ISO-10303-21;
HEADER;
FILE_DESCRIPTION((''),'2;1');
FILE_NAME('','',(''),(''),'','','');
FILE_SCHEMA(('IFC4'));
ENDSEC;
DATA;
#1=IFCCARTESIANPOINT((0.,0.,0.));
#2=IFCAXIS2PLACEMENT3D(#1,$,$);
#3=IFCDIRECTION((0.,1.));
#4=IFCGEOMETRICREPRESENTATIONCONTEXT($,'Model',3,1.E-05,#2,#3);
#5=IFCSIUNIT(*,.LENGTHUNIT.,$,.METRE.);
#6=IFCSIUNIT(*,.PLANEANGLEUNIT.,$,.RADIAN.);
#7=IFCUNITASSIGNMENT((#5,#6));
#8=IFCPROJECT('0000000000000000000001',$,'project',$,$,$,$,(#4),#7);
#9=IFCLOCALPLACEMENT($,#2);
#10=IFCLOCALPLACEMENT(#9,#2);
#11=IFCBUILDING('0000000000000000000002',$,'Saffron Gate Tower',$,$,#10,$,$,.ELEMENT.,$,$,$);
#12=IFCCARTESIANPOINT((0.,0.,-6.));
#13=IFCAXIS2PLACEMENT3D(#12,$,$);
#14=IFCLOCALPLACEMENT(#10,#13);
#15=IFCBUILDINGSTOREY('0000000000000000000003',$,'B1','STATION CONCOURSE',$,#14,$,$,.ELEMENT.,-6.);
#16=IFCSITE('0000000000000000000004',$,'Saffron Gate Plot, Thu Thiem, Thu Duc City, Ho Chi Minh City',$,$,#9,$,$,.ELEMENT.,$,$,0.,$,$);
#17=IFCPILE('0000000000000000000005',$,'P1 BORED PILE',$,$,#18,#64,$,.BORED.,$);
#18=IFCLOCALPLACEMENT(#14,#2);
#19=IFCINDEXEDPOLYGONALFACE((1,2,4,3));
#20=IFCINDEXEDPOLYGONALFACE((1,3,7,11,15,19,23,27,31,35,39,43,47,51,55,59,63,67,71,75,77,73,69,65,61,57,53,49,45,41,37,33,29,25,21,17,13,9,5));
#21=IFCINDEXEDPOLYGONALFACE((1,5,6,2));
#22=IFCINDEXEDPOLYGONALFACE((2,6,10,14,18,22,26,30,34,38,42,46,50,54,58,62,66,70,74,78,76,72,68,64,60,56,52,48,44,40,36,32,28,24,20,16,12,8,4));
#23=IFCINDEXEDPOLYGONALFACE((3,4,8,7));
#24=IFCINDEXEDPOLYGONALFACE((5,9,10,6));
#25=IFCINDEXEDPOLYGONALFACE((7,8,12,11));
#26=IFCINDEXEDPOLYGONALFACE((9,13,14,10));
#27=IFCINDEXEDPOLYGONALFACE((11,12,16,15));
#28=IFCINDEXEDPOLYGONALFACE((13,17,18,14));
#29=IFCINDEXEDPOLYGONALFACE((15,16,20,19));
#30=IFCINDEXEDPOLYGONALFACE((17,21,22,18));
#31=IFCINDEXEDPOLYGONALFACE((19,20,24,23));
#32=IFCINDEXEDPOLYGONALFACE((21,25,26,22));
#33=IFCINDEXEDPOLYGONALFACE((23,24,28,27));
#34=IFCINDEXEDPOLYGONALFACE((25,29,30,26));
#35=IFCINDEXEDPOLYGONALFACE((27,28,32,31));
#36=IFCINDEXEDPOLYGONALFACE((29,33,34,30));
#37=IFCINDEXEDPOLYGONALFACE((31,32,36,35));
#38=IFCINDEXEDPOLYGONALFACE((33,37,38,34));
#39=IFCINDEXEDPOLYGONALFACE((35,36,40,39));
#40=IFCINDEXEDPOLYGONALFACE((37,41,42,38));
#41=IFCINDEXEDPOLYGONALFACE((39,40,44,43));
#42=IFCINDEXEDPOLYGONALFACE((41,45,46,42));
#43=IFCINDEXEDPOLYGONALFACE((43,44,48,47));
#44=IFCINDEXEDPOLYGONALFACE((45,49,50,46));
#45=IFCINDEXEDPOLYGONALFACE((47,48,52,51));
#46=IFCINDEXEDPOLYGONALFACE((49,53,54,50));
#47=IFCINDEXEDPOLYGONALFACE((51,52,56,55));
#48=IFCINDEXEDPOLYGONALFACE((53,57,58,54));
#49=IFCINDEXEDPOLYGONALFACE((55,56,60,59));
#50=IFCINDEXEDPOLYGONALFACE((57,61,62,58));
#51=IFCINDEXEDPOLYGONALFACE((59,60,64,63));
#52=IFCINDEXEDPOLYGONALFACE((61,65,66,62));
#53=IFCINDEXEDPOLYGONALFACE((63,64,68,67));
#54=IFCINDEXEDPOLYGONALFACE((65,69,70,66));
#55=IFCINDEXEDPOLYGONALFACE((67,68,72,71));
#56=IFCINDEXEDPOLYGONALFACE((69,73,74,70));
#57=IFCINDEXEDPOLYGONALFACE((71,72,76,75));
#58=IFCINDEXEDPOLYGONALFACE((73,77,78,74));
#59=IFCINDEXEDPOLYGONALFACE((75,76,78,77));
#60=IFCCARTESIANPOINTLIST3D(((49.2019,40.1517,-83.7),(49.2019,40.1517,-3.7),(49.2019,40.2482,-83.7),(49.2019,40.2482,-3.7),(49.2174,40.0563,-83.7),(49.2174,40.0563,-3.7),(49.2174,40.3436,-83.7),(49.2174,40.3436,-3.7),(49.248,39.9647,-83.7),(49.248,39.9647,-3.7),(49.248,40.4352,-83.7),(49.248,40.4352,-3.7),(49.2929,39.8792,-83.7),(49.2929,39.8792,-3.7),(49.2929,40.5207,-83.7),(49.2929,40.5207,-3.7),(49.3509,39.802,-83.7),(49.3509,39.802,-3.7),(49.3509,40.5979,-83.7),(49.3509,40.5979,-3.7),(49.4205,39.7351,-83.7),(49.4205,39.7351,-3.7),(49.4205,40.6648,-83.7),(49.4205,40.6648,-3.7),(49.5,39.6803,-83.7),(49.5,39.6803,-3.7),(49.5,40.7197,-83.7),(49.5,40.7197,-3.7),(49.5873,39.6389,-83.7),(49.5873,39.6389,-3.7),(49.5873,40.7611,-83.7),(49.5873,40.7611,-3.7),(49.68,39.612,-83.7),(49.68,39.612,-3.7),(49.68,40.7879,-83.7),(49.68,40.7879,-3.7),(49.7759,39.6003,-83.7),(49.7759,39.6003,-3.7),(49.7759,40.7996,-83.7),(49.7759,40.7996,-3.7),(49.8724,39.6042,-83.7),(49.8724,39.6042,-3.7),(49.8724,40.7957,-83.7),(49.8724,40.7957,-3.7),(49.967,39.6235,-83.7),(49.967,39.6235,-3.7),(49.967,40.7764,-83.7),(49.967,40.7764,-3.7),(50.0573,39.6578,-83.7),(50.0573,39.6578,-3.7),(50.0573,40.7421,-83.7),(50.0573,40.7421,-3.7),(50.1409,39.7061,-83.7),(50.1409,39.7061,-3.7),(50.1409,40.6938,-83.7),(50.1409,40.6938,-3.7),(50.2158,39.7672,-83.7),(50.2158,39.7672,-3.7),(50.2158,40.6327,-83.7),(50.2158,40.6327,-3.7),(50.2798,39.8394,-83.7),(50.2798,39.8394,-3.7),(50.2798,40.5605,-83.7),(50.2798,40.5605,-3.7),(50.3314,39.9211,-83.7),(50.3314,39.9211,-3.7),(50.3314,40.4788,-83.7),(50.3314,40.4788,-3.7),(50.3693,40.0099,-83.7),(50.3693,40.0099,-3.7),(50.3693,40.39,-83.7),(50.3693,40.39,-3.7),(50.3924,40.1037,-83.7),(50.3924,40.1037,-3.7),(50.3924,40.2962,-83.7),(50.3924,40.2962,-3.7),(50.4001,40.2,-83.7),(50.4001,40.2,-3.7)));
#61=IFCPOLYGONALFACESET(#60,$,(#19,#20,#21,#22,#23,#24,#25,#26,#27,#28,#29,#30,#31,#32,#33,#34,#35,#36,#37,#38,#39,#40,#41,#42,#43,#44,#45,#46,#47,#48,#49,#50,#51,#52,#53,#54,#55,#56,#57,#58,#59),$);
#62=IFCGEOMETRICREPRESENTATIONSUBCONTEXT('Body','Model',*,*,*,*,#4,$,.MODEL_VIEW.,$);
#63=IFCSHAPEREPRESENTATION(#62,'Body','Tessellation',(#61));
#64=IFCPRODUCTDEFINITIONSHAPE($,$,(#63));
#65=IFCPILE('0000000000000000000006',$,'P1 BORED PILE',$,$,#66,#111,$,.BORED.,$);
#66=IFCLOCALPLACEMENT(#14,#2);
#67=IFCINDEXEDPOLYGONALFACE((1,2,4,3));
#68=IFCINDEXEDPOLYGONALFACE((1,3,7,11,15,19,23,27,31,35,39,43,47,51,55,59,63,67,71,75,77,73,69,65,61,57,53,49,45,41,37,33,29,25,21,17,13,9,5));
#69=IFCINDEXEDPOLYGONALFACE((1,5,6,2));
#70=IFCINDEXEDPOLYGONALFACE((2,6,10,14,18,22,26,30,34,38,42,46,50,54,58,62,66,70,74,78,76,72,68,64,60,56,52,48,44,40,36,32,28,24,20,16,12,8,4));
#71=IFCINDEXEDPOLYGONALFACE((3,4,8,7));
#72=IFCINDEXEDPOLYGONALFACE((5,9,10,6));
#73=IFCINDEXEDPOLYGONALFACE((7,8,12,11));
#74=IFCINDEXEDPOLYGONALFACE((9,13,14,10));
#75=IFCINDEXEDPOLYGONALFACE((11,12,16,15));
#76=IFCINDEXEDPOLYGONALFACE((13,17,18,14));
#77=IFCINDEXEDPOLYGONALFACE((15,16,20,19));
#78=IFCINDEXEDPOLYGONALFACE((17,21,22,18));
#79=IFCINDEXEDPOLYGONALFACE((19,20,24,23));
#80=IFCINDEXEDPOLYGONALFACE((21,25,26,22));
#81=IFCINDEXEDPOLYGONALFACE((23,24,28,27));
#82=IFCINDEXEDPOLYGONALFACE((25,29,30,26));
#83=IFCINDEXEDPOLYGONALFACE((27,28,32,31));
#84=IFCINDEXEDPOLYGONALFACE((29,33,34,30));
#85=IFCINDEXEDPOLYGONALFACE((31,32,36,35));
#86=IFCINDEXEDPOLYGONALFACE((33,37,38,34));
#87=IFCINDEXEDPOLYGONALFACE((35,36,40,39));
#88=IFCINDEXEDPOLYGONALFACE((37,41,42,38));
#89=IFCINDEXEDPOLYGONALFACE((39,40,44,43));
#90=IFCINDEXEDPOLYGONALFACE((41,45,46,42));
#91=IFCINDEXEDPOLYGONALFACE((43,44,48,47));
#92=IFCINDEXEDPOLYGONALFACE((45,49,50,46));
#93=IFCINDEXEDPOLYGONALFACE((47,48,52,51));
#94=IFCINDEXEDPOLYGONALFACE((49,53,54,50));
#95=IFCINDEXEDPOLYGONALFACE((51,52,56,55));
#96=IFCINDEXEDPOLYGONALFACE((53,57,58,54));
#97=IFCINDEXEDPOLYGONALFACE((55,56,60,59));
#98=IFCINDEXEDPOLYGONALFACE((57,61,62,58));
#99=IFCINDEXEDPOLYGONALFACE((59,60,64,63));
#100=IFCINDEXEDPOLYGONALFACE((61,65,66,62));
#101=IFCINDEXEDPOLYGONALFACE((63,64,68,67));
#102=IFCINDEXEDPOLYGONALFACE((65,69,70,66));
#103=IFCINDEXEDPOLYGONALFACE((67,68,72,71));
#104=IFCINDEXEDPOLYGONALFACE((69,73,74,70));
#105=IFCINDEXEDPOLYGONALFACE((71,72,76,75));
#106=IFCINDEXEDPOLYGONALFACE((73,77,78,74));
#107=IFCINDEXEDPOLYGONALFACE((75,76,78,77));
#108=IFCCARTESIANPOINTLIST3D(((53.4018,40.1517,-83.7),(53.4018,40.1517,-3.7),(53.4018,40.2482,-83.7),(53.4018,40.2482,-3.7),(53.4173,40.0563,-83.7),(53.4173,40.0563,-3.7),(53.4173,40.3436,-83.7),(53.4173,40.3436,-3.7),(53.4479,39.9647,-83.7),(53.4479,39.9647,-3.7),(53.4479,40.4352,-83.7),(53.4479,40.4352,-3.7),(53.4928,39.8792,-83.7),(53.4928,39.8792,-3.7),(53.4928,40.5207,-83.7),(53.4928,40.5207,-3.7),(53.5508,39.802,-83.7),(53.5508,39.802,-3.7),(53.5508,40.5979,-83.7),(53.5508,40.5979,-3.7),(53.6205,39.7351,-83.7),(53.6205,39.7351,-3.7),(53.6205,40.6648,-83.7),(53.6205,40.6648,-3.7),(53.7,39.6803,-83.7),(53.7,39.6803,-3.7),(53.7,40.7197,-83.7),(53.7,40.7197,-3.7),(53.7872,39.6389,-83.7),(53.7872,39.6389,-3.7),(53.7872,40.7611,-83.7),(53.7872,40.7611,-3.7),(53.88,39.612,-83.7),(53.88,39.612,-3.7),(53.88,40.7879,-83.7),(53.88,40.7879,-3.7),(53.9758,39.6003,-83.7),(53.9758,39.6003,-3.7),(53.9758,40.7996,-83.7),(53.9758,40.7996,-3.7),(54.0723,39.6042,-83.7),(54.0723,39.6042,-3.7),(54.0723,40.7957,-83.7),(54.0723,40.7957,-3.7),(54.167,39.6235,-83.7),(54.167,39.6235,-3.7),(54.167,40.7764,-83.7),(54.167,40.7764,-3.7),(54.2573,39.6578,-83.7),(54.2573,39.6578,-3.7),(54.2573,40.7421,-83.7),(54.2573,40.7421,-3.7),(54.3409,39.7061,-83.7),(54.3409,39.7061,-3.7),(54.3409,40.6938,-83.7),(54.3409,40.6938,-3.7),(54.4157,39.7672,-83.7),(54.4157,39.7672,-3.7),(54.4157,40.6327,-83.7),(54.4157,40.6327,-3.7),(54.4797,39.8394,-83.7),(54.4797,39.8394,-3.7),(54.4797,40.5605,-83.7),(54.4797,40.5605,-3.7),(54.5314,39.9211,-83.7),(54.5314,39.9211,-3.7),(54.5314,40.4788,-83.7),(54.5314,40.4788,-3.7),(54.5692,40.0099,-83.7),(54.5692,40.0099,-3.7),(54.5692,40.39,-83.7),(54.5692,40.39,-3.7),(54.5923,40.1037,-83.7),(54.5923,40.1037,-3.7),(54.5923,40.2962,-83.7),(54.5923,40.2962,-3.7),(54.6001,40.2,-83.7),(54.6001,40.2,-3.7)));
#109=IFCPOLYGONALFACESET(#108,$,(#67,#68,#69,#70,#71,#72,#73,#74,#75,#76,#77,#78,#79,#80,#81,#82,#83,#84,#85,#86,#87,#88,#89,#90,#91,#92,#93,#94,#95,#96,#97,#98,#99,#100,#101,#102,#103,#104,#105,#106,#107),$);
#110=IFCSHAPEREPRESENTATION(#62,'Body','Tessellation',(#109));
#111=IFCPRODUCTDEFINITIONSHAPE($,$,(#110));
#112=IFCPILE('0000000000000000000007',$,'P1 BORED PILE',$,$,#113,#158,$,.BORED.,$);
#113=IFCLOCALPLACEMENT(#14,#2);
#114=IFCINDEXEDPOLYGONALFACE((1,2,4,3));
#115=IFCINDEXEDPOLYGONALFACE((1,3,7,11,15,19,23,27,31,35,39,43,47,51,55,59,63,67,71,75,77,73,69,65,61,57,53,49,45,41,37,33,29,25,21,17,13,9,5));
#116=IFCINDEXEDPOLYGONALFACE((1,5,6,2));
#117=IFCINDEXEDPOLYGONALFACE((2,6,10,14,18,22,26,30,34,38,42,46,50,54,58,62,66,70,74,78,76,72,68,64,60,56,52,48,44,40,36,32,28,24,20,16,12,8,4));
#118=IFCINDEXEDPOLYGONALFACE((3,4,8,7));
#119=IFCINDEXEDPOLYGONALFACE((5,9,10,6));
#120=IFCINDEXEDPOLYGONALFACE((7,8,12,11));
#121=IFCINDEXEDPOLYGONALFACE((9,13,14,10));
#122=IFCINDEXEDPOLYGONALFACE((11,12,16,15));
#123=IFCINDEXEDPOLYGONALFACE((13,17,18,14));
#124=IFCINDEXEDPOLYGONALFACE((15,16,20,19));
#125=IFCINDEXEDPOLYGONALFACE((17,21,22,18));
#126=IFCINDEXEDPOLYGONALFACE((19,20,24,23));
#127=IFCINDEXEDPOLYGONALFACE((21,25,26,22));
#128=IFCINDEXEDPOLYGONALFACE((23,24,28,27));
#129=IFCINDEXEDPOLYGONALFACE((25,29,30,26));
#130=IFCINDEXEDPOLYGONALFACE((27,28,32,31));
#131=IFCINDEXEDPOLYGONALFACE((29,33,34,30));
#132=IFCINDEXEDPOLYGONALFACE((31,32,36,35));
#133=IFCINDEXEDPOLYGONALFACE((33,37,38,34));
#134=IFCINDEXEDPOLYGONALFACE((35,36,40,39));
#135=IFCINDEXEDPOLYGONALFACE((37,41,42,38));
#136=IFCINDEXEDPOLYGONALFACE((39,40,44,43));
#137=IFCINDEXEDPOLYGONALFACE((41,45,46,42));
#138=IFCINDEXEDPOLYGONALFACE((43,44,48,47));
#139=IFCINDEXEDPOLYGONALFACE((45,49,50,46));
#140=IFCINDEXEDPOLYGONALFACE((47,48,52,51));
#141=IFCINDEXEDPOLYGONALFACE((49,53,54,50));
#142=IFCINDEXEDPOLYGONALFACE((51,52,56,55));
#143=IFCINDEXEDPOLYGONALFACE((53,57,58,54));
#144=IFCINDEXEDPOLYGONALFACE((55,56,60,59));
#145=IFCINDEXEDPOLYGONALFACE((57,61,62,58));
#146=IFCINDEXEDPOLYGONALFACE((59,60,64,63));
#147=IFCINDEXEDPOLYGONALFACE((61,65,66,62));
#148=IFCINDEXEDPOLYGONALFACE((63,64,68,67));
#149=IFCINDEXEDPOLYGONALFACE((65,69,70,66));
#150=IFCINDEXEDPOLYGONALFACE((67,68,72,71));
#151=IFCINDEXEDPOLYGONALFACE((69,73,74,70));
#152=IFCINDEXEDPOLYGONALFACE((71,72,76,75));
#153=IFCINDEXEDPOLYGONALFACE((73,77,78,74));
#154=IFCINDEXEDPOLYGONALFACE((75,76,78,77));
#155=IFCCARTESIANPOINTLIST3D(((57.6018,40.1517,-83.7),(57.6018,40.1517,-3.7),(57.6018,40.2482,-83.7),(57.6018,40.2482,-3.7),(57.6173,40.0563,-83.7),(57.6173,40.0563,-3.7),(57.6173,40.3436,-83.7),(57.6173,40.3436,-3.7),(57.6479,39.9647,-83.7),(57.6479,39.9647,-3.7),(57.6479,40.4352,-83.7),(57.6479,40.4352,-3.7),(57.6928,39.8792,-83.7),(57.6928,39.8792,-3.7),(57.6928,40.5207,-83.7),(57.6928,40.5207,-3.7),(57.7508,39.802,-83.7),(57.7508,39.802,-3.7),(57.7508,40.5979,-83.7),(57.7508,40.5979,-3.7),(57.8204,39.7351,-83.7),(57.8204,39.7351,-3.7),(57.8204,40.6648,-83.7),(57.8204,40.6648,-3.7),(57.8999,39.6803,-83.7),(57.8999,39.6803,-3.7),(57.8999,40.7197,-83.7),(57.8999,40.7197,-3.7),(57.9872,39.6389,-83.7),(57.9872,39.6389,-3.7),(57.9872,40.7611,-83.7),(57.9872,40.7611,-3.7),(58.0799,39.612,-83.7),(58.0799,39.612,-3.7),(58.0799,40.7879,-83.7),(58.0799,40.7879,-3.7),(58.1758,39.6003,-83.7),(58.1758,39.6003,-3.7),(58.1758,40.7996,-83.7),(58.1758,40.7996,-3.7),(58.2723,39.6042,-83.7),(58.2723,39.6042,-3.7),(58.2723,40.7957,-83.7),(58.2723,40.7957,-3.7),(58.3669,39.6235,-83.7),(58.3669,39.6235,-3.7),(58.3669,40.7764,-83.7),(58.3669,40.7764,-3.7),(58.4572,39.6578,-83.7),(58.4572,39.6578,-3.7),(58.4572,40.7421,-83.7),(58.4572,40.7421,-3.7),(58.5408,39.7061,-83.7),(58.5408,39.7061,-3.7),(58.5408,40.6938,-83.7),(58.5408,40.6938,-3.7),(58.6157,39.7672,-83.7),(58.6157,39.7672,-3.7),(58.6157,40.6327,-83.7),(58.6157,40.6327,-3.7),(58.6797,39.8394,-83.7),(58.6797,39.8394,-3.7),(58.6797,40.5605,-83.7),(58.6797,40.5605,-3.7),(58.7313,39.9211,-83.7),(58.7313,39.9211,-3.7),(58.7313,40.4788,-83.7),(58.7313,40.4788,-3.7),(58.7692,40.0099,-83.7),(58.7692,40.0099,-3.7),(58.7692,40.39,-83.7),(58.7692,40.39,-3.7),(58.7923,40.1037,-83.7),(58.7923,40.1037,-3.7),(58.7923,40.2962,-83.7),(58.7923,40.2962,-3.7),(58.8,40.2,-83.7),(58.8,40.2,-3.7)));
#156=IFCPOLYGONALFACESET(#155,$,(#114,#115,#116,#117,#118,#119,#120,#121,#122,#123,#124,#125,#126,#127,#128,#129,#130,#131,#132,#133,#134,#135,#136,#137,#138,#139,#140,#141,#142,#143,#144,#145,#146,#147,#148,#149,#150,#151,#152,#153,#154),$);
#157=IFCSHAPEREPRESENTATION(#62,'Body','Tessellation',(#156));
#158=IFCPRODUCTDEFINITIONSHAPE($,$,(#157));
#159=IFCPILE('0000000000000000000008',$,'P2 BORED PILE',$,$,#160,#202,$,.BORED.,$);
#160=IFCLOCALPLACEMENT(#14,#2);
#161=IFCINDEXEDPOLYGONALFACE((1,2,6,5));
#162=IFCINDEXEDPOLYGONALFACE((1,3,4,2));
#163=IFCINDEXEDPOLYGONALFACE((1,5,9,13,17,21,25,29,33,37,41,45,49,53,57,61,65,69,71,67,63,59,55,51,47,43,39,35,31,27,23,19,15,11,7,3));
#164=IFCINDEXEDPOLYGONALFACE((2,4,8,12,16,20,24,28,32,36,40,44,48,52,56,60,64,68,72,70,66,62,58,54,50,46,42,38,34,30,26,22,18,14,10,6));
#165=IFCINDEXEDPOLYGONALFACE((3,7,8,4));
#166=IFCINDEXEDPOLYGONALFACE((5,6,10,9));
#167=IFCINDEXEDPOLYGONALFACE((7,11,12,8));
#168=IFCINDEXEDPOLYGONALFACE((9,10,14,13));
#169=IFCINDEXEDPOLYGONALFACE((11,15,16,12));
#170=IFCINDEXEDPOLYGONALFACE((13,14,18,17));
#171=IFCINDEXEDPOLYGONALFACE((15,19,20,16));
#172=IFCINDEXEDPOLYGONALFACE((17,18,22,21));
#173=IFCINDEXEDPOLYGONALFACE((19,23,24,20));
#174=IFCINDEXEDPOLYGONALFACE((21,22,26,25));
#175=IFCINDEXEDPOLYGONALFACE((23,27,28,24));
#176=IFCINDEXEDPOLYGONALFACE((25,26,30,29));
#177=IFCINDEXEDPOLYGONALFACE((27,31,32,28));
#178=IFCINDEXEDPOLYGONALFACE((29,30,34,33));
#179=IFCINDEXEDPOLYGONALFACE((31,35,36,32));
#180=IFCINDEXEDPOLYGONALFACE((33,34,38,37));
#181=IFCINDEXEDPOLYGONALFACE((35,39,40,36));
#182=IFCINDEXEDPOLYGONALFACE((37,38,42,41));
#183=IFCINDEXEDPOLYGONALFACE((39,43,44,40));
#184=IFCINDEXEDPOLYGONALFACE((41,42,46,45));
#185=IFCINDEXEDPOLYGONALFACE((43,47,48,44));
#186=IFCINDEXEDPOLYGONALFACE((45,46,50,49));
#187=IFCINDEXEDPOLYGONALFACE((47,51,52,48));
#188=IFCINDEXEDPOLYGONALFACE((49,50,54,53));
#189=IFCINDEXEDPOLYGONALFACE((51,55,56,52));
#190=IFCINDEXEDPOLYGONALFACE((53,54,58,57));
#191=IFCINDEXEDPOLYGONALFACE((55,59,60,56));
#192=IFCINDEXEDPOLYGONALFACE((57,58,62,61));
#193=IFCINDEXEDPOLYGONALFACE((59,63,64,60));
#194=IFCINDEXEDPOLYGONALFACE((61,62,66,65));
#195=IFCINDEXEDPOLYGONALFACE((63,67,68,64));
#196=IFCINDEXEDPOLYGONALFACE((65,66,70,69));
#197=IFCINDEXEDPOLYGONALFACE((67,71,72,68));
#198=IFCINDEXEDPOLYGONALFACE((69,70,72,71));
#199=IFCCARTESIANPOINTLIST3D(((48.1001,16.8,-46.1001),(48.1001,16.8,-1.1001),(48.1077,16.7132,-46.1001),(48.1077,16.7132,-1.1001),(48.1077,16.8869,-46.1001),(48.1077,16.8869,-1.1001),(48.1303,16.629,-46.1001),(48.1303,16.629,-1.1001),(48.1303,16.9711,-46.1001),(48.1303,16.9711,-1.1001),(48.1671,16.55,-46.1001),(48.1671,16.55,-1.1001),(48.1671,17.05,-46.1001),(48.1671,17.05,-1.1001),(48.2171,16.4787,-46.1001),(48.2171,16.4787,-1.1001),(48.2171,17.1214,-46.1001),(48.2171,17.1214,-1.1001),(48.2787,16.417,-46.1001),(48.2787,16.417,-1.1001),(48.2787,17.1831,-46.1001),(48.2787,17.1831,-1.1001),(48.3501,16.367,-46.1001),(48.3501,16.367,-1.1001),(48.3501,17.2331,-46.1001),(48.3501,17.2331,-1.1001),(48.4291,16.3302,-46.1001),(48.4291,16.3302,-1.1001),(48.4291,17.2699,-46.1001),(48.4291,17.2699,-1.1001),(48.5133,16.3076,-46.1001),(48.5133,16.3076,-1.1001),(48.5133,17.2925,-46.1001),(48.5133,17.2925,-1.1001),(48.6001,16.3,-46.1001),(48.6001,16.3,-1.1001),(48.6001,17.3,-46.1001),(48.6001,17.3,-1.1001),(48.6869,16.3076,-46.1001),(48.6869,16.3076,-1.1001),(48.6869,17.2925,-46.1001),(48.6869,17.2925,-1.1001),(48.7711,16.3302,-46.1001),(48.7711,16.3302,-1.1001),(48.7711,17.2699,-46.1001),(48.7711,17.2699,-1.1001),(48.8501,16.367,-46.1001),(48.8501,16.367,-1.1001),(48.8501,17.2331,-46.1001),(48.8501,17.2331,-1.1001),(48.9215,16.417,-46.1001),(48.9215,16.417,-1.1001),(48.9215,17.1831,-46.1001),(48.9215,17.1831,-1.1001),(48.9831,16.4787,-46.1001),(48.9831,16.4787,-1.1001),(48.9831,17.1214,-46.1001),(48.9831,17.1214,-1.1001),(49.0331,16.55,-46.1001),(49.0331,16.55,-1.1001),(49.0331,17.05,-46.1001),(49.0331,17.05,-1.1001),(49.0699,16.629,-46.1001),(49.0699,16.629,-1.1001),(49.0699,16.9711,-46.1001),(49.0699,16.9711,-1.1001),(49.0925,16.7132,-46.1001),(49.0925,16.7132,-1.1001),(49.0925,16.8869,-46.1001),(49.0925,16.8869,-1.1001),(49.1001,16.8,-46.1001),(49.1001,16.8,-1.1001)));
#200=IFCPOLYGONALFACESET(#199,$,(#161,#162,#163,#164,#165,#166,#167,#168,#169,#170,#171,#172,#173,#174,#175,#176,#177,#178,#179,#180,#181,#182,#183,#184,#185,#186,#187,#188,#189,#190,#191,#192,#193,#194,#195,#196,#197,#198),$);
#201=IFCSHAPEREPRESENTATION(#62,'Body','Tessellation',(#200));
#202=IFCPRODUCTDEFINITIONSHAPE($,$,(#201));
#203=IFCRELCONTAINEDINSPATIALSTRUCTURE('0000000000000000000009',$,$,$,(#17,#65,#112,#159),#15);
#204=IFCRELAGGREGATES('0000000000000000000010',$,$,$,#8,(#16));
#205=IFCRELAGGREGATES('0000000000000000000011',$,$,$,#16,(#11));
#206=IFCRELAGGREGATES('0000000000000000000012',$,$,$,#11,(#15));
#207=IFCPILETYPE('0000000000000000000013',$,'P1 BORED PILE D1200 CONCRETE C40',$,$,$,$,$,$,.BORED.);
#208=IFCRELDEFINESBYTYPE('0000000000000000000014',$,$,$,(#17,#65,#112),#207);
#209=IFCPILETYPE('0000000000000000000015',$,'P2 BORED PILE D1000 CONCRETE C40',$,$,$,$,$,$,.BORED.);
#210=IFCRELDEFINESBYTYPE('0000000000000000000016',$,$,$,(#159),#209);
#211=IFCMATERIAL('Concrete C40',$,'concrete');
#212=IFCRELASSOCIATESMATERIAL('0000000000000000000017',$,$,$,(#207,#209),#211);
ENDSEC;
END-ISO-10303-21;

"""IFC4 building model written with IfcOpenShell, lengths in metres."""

from ifc_helpers import new_model, si_unit, direction, frame, origin, origin_2d, place, context, subcontext, project, spatial, circle, extrude, material, material_profile, profile_set, type_object, element, save


model = new_model("IFC4")

# Units and contexts
model_context = context("Model", 3, precision=1e-05, world=origin(), true_north=direction((0.0, 1.0)))
body_context = subcontext(model_context, "Body", "Model", "MODEL_VIEW")
ifc_project = project(units=[si_unit("LENGTHUNIT", "METRE"), si_unit("PLANEANGLEUNIT", "RADIAN")], contexts=[model_context])

# Site, building, storey
site_placement = place(None, origin())
site = spatial("IfcSite", under=ifc_project, at=site_placement, Name="Saffron Gate Plot, Thu Thiem, Thu Duc City, Ho Chi Minh City", CompositionType="ELEMENT", RefElevation=0.0)
building_placement = place(site_placement, origin())
building = spatial("IfcBuilding", under=site, at=building_placement, Name="Saffron Gate Tower", CompositionType="ELEMENT")
storey_placement = place(building_placement, frame((0.0, 0.0, -6.0)))
storey = spatial("IfcBuildingStorey", under=building, at=storey_placement, Name="B1", Description="STATION CONCOURSE", CompositionType="ELEMENT", Elevation=-6.0)

# Piles
ifc_material_1 = material(Name="Concrete C40", Category="concrete")
ifc_material_profile_1 = material_profile(ifc_material_1, circle(Radius=0.6001, at=origin_2d()))
ifc_profile_set_1 = profile_set([ifc_material_profile_1], Name="Concrete C40")
pile_type_1 = type_object("IfcPileType", Name="P1 BORED PILE D1200 CONCRETE C40", PredefinedType="BORED", material=ifc_profile_set_1)
for number, where, z_axis, x_axis, name in (
    (1, (49.8, 40.2, -3.7), (0.0, 0.0, -1.0), (1.0, 0.0, 0.0), "P1 BORED PILE"),
    (2, (54.0, 40.2, -3.7), (0.0, 0.0, -1.0), (1.0, 0.0, 0.0), "P1 BORED PILE"),
    (3, (58.2, 40.2, -3.7), (0.0, 0.0, -1.0), (1.0, 0.0, 0.0), "P1 BORED PILE"),
):
    element("IfcPile", number, at=place(storey_placement, frame(where, z_axis=z_axis, x_axis=x_axis)), inside=storey, type_object=pile_type_1, Name=name, PredefinedType="BORED", context=body_context, shape_type="SweptSolid", body=[
        extrude(circle(Radius=0.6001, at=origin_2d()), origin(), (0.0, 0.0, 1.0), 80.0),
    ])
ifc_material_profile_2 = material_profile(ifc_material_1, circle(Radius=0.5, at=origin_2d()))
ifc_profile_set_2 = profile_set([ifc_material_profile_2], Name="Concrete C40")
pile_type_2 = type_object("IfcPileType", Name="P2 BORED PILE D1000 CONCRETE C40", PredefinedType="BORED", material=ifc_profile_set_2)
for number, where, z_axis, x_axis, name in (
    (4, (48.6001, 16.8, -1.1001), (0.0, 0.0, -1.0), (1.0, 0.0, 0.0), "P2 BORED PILE"),
):
    element("IfcPile", number, at=place(storey_placement, frame(where, z_axis=z_axis, x_axis=x_axis)), inside=storey, type_object=pile_type_2, Name=name, PredefinedType="BORED", context=body_context, shape_type="SweptSolid", body=[
        extrude(circle(Radius=0.5, at=origin_2d()), origin(), (0.0, 0.0, 1.0), 45.0),
    ])

save(model, "model.ifc")
